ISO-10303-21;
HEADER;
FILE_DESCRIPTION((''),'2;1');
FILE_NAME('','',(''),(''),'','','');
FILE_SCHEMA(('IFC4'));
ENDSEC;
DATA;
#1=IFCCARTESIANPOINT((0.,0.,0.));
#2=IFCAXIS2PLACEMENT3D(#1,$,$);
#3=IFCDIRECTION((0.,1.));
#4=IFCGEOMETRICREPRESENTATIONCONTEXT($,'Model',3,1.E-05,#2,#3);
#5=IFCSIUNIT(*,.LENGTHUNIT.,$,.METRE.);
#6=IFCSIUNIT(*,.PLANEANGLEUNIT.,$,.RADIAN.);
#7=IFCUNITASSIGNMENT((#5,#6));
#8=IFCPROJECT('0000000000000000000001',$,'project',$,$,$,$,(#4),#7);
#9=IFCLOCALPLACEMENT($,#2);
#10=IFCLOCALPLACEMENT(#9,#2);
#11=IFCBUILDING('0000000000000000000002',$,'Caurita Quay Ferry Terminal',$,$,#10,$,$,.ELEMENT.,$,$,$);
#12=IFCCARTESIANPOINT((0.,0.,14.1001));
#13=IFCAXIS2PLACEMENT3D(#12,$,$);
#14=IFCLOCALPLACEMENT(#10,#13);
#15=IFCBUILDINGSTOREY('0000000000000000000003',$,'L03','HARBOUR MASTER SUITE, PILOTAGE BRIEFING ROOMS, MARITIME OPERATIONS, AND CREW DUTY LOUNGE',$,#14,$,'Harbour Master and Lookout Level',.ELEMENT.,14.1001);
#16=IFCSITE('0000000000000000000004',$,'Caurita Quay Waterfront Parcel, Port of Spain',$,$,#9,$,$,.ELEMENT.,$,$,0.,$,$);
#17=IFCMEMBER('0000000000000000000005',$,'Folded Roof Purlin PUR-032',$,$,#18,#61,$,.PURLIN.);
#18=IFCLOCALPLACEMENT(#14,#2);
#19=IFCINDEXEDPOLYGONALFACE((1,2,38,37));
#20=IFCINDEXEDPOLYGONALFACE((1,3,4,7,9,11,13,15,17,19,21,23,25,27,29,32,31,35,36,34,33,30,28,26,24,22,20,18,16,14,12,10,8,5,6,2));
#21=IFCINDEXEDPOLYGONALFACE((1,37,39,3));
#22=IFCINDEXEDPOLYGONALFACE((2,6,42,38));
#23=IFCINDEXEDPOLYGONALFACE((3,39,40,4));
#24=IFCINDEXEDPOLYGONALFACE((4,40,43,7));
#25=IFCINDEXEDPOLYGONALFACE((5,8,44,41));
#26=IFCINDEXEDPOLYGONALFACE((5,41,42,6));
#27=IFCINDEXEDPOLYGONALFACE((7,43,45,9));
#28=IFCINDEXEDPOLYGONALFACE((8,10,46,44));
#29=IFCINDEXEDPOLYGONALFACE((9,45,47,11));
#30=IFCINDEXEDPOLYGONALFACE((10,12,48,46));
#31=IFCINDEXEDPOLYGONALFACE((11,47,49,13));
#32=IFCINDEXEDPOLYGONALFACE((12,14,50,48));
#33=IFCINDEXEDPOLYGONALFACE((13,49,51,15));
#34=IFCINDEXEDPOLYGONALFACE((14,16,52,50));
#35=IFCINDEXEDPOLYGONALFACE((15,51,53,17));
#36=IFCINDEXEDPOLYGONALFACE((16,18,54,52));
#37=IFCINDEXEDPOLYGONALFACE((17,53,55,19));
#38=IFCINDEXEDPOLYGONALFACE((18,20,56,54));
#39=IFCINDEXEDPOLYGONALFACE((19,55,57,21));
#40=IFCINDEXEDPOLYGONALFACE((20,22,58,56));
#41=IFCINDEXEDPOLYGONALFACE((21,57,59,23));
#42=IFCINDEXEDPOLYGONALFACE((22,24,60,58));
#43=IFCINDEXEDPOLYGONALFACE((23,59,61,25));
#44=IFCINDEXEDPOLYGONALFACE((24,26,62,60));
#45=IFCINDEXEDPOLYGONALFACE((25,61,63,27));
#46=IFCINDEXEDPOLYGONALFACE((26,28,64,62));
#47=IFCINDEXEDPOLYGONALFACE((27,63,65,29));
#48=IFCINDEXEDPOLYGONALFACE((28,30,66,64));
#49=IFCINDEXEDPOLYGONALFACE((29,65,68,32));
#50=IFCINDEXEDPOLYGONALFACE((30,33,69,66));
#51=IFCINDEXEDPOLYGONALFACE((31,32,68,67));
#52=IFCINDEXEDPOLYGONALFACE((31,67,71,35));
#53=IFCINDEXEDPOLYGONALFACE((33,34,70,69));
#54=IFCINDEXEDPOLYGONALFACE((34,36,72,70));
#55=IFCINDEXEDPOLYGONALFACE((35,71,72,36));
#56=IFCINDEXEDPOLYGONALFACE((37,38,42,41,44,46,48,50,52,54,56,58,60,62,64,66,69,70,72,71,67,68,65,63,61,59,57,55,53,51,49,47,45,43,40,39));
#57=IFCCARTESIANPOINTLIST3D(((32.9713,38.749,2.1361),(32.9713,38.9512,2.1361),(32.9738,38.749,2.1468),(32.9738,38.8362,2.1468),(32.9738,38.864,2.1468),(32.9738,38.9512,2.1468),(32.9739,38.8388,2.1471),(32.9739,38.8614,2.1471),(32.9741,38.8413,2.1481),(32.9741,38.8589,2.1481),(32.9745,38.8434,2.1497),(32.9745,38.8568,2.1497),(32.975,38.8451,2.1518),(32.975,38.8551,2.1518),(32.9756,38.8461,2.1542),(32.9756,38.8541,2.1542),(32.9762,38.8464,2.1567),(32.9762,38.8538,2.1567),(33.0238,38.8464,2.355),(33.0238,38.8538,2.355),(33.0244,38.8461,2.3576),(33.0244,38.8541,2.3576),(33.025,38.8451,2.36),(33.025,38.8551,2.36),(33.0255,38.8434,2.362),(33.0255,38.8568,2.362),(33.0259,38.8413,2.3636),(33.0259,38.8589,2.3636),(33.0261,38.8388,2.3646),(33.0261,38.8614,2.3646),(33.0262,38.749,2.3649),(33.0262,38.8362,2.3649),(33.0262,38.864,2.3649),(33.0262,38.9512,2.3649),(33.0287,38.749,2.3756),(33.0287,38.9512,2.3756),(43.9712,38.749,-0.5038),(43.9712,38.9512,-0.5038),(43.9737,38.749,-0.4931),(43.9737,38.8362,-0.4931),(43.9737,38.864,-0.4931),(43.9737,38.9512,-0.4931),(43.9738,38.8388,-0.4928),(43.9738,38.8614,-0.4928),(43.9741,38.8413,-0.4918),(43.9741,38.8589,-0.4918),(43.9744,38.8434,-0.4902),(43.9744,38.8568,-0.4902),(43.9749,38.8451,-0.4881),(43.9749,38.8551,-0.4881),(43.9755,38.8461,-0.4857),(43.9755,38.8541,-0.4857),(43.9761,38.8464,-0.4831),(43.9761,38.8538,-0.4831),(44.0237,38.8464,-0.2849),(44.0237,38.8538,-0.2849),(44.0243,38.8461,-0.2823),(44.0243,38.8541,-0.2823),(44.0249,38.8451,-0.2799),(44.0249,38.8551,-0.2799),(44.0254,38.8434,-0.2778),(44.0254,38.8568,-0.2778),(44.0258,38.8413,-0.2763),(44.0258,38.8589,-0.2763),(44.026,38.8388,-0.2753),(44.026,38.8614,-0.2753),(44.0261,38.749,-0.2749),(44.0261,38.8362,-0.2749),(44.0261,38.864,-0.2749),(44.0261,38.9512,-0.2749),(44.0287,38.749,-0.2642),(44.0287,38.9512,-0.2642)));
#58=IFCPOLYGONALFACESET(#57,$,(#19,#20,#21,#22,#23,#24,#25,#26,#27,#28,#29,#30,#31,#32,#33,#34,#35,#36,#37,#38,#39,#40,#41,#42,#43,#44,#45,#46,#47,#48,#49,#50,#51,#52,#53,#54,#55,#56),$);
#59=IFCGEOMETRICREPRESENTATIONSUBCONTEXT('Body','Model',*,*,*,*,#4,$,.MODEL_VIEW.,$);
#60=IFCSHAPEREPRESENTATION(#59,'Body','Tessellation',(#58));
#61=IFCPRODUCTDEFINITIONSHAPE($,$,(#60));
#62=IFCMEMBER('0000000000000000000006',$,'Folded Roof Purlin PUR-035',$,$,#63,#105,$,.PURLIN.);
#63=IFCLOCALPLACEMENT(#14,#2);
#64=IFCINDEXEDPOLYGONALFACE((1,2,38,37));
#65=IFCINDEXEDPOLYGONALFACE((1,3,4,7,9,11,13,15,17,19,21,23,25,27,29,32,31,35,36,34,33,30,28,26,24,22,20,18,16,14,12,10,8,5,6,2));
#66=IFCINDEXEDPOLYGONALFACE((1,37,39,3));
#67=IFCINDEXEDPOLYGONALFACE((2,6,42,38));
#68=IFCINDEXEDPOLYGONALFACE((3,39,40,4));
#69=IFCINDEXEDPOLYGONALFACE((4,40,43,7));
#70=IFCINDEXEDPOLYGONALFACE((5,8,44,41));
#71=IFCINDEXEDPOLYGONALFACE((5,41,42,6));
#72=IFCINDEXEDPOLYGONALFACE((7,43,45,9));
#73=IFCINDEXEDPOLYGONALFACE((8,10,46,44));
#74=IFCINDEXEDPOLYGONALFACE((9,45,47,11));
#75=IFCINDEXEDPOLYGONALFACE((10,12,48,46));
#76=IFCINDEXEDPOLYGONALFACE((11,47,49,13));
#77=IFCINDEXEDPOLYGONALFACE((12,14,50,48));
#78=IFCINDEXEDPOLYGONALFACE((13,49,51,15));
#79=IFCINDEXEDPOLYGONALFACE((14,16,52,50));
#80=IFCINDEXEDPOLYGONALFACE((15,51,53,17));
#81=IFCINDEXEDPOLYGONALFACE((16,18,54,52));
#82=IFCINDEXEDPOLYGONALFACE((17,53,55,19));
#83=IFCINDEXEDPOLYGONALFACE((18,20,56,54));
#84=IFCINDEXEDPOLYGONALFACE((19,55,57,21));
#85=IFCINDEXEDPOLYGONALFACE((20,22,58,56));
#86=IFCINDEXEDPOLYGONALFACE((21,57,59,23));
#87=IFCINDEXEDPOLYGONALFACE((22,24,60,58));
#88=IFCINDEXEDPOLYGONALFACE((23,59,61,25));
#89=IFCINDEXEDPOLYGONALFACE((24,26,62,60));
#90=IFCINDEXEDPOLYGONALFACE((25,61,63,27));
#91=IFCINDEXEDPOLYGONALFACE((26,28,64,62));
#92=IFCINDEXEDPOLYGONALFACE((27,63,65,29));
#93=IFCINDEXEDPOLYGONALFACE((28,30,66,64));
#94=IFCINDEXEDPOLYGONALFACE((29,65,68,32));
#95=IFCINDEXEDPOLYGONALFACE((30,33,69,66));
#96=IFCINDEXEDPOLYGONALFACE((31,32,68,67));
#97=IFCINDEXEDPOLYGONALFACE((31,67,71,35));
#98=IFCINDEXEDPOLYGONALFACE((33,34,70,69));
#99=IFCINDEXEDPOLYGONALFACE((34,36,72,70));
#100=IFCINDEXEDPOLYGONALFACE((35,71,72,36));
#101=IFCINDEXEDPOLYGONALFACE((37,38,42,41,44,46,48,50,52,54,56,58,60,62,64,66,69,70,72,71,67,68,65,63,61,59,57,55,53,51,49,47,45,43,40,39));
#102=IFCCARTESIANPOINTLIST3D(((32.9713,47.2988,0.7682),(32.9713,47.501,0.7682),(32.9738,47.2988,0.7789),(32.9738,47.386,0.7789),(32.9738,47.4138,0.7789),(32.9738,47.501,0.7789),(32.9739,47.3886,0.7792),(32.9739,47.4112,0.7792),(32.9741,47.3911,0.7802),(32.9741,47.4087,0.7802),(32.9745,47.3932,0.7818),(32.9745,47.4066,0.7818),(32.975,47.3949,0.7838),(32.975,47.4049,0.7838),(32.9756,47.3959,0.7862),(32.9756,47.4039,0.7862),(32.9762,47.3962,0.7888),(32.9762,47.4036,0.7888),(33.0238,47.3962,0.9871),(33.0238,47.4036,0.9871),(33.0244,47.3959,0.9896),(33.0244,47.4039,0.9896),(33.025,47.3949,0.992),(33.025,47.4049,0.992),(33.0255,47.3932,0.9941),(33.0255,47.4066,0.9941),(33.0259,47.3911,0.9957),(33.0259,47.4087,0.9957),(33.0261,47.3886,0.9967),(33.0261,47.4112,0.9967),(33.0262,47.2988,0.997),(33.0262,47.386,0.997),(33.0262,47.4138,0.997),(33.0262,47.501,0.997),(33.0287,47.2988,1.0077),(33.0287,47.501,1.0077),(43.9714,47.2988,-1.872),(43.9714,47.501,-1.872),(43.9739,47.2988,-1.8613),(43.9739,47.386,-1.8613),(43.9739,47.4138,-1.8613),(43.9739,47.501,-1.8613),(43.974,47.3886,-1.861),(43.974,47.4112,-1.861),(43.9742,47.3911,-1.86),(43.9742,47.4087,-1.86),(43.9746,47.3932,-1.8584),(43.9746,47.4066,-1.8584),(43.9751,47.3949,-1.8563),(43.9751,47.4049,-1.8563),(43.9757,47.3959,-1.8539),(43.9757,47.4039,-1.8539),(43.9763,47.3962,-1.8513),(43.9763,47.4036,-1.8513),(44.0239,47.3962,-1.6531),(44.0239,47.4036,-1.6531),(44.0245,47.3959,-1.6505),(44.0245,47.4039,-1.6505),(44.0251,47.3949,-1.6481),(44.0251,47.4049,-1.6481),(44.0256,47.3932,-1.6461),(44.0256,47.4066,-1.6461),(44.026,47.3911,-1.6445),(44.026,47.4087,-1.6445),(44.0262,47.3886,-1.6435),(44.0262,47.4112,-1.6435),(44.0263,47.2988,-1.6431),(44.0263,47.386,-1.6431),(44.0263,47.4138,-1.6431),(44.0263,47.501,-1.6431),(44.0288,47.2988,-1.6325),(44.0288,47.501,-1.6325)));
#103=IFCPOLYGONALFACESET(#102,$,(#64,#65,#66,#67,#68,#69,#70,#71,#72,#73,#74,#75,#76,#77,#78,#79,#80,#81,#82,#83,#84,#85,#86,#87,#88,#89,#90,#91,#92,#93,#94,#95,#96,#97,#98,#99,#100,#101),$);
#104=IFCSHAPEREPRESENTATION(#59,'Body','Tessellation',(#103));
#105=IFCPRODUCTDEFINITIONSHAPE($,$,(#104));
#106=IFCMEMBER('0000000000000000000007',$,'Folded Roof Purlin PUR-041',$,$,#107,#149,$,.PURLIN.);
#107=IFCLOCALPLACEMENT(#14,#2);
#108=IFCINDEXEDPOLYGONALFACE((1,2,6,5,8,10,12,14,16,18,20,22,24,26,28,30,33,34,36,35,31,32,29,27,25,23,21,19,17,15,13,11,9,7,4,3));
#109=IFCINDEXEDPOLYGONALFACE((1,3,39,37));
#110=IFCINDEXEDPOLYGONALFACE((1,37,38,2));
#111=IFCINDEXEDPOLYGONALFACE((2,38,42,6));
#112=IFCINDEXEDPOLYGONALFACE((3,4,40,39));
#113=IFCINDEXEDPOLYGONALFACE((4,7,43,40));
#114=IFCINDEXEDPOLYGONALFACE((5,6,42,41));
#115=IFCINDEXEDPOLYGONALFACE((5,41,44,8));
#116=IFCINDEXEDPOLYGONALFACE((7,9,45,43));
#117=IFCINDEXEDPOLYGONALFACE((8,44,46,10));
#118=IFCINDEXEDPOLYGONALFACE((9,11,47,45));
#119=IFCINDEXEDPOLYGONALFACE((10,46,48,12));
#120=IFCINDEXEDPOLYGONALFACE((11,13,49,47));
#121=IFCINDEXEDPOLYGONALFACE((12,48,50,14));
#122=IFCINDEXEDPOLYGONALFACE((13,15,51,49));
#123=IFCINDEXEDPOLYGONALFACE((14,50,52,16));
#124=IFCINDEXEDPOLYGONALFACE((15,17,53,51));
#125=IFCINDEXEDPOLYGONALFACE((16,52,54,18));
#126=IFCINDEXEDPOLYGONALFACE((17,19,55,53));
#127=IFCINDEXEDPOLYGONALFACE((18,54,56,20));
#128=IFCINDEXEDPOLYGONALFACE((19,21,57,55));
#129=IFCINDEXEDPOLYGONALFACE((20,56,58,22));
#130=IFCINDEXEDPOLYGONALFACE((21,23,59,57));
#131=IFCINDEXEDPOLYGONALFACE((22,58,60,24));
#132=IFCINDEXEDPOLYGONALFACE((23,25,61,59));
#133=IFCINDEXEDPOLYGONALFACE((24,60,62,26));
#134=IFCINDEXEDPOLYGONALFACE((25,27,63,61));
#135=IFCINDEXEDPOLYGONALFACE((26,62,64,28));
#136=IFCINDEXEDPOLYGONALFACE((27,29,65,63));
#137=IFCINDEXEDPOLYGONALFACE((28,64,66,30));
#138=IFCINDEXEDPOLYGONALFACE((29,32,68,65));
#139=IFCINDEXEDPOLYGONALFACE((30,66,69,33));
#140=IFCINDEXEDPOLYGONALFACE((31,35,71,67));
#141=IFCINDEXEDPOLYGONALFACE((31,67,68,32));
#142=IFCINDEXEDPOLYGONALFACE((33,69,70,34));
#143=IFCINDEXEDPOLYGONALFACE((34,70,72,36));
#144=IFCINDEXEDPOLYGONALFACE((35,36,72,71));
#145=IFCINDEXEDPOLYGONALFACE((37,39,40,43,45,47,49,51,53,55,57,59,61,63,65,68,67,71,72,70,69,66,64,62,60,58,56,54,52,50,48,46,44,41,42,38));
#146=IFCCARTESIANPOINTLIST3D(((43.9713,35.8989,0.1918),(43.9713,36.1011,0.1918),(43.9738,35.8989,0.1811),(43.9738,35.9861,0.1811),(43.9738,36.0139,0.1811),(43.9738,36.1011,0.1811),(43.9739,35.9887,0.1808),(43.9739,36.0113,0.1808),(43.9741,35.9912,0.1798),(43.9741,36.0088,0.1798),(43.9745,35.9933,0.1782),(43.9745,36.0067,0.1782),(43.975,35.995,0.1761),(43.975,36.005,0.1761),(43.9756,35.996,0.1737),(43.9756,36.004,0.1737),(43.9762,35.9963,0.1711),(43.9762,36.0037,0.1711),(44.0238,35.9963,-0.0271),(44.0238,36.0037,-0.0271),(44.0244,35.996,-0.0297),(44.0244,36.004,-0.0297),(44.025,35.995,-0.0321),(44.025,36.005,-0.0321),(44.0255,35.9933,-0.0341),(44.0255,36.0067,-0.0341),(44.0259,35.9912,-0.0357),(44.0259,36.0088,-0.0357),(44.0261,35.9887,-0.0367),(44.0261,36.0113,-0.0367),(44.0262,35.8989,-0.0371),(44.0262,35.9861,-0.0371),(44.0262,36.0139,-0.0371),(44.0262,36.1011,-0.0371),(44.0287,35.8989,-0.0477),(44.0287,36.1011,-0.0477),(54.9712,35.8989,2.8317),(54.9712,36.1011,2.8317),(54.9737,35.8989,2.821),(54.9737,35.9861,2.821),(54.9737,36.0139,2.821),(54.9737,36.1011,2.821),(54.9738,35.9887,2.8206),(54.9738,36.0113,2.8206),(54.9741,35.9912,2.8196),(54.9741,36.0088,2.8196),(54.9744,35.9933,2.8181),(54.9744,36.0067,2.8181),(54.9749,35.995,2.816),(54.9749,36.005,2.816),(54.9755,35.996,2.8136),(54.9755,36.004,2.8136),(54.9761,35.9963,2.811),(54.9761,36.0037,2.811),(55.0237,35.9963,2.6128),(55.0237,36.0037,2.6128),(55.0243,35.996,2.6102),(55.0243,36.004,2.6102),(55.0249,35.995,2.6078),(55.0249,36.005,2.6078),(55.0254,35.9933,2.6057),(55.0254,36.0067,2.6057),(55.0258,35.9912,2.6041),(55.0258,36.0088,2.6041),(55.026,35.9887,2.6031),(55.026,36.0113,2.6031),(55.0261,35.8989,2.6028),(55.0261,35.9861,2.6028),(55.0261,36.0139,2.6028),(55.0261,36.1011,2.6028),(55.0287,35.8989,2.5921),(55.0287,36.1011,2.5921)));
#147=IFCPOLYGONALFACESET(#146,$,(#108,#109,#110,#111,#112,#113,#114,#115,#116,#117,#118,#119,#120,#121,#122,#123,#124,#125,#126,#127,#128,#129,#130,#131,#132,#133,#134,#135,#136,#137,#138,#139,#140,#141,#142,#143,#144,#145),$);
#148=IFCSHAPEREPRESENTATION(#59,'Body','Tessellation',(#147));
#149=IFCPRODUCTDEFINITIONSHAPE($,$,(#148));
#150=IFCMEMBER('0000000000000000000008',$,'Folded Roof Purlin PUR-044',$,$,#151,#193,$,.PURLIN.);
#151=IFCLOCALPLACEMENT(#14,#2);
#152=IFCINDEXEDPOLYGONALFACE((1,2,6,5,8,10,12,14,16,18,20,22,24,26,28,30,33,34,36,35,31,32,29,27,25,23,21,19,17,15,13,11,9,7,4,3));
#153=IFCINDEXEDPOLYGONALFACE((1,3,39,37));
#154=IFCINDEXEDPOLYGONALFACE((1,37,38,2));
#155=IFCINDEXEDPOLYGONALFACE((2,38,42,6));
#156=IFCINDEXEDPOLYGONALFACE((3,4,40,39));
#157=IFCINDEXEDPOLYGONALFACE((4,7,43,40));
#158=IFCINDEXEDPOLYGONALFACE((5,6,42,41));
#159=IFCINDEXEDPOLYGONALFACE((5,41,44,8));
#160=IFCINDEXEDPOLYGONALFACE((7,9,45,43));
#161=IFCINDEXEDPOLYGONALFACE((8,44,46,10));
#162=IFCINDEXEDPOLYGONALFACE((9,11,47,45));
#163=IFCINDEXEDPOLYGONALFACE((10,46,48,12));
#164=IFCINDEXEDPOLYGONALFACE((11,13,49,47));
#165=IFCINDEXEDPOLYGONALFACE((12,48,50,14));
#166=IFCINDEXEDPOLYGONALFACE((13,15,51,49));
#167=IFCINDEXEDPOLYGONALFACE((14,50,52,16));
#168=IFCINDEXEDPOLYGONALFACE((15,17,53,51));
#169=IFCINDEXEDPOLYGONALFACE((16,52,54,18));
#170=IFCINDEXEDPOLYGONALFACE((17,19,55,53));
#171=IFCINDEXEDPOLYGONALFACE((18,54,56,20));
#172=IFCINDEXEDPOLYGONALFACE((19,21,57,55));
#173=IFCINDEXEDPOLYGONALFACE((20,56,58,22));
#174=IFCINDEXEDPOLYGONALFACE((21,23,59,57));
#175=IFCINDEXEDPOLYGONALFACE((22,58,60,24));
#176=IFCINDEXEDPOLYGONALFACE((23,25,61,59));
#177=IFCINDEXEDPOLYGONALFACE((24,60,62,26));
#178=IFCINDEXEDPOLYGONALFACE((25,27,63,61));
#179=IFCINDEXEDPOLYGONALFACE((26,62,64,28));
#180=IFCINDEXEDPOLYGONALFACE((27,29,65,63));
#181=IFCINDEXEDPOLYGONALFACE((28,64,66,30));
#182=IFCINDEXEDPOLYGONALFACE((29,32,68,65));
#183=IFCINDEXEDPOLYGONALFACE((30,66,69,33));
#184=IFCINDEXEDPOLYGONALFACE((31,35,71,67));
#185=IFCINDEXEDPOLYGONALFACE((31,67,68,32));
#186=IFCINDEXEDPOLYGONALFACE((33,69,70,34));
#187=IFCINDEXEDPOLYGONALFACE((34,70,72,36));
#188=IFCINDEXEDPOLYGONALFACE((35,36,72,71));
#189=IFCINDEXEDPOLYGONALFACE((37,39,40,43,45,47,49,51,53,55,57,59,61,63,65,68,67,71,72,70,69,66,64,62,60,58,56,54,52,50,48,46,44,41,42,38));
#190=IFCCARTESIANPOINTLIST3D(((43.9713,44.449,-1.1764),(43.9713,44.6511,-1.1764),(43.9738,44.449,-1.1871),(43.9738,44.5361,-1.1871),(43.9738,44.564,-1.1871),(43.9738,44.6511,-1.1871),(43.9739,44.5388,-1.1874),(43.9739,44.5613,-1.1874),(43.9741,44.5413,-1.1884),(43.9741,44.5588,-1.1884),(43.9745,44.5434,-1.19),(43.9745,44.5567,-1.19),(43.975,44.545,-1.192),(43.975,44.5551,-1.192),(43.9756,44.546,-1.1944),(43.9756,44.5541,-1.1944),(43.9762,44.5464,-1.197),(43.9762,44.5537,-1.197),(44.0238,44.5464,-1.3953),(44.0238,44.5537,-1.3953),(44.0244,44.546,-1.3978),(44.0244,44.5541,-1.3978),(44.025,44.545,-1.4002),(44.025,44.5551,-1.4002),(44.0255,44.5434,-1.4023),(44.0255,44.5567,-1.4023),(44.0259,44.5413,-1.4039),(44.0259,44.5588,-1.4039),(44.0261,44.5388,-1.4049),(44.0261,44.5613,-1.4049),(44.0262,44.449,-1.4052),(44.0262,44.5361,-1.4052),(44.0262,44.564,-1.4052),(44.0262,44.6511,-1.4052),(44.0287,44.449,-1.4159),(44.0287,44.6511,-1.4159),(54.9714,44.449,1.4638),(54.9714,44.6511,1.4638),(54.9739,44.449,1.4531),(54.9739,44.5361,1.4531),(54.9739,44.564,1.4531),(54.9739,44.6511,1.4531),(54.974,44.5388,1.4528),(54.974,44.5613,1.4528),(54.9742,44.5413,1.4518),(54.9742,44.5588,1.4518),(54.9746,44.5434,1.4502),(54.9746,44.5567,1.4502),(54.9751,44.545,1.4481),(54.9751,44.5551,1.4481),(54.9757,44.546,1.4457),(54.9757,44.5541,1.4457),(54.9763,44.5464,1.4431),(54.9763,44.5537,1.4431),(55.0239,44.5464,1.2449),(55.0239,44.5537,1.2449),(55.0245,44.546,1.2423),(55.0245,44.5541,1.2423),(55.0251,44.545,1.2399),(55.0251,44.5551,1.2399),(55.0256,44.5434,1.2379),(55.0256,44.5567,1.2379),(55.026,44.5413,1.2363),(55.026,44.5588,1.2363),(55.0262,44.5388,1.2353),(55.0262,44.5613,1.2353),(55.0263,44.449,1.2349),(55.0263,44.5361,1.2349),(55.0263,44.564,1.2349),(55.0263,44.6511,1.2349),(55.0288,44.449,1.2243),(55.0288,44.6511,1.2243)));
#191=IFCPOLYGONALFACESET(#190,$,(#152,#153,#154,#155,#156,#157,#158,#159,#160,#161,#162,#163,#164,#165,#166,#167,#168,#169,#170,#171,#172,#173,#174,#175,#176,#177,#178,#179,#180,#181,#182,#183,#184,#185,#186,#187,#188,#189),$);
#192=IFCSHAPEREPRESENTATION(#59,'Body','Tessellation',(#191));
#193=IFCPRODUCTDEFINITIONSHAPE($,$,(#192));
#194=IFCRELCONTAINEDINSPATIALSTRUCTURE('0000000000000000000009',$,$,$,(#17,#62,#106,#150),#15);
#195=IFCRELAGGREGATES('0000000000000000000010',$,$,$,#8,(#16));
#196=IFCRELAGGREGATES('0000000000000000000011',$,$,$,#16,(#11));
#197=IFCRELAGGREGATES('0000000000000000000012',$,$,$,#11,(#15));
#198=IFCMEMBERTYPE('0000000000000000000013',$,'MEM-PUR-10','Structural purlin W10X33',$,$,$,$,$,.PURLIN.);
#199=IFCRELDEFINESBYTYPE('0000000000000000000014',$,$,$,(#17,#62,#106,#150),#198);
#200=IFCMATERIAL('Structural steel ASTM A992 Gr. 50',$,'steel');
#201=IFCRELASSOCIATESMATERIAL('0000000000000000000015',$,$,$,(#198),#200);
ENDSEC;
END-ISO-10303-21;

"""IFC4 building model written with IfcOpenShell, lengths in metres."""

from ifc_helpers import new_model, si_unit, direction, frame, origin, origin_2d, place, context, subcontext, project, spatial, i_section, extrude, material, material_profile, profile_set, type_object, element, save


model = new_model("IFC4")

# Units and contexts
model_context = context("Model", 3, precision=1e-05, world=origin(), true_north=direction((0.0, 1.0)))
body_context = subcontext(model_context, "Body", "Model", "MODEL_VIEW")
ifc_project = project(units=[si_unit("LENGTHUNIT", "METRE"), si_unit("PLANEANGLEUNIT", "RADIAN")], contexts=[model_context])

# Site, building, storey
site_placement = place(None, origin())
site = spatial("IfcSite", under=ifc_project, at=site_placement, Name="Caurita Quay Waterfront Parcel, Port of Spain", CompositionType="ELEMENT", RefElevation=0.0)
building_placement = place(site_placement, origin())
building = spatial("IfcBuilding", under=site, at=building_placement, Name="Caurita Quay Ferry Terminal", CompositionType="ELEMENT")
storey_placement = place(building_placement, frame((0.0, 0.0, 14.1001)))
storey = spatial("IfcBuildingStorey", under=building, at=storey_placement, Name="L03", Description="HARBOUR MASTER SUITE, PILOTAGE BRIEFING ROOMS, MARITIME OPERATIONS, AND CREW DUTY LOUNGE", LongName="Harbour Master and Lookout Level", CompositionType="ELEMENT", Elevation=14.1001)

# Shared definitions
ifc_material_1 = material(Name="Structural steel ASTM A992 Gr. 50", Category="steel")

# Members
ifc_material_profile_1 = material_profile(ifc_material_1, i_section(OverallWidth=0.2021, OverallDepth=0.2463, WebThickness=0.0073, FlangeThickness=0.011, FilletRadius=0.0103, at=origin_2d()), Name="W10X33")
ifc_profile_set_1 = profile_set([ifc_material_profile_1], Name="Structural steel ASTM A992 Gr. 50")
member_type_1 = type_object("IfcMemberType", Name="MEM-PUR-10", Description="Structural purlin W10X33", PredefinedType="PURLIN", material=ifc_profile_set_1)
for number, where, z_axis, x_axis, name in (
    (1, (33.0, 38.8501, 2.2559), (0.972389, 0.0, -0.233364), (0.0, 1.0, 0.0), "Folded Roof Purlin PUR-032"),
):
    element("IfcMember", number, at=place(storey_placement, frame(where, z_axis=z_axis, x_axis=x_axis)), inside=storey, type_object=member_type_1, Name=name, PredefinedType="PURLIN", context=body_context, shape_type="SweptSolid", body=[
        extrude(i_section(OverallWidth=0.2021, OverallDepth=0.2463, WebThickness=0.0073, FlangeThickness=0.011, FilletRadius=0.0103, at=origin_2d()), origin(), (0.0, 0.0, 1.0), 11.3123),
    ])
member_1_placement = place(storey_placement, frame((33.0, 47.3999, 0.8879), z_axis=(0.972385, 0.0, -0.233384), x_axis=(0.0, 1.0, 0.0)))
element("IfcMember", 2, at=member_1_placement, inside=storey, type_object=member_type_1, Name="Folded Roof Purlin PUR-035", PredefinedType="PURLIN", context=body_context, shape_type="SweptSolid", body=[
    extrude(i_section(OverallWidth=0.2021, OverallDepth=0.2463, WebThickness=0.0073, FlangeThickness=0.011, FilletRadius=0.0103, at=origin_2d()), origin(), (0.0, 0.0, 1.0), 11.3125),
])
member_2_placement = place(storey_placement, frame((44.0, 36.0, 0.072), z_axis=(0.972389, 0.0, 0.233364), x_axis=(0.0, 1.0, 0.0)))
element("IfcMember", 3, at=member_2_placement, inside=storey, type_object=member_type_1, Name="Folded Roof Purlin PUR-041", PredefinedType="PURLIN", context=body_context, shape_type="SweptSolid", body=[
    extrude(i_section(OverallWidth=0.2021, OverallDepth=0.2463, WebThickness=0.0073, FlangeThickness=0.011, FilletRadius=0.0103, at=origin_2d()), origin(), (0.0, 0.0, 1.0), 11.3123),
])
member_3_placement = place(storey_placement, frame((44.0, 44.55, -1.2961), z_axis=(0.972385, 0.0, 0.233384), x_axis=(0.0, 1.0, 0.0)))
element("IfcMember", 4, at=member_3_placement, inside=storey, type_object=member_type_1, Name="Folded Roof Purlin PUR-044", PredefinedType="PURLIN", context=body_context, shape_type="SweptSolid", body=[
    extrude(i_section(OverallWidth=0.2021, OverallDepth=0.2463, WebThickness=0.0073, FlangeThickness=0.011, FilletRadius=0.0103, at=origin_2d()), origin(), (0.0, 0.0, 1.0), 11.3125),
])

save(model, "model.ifc")
